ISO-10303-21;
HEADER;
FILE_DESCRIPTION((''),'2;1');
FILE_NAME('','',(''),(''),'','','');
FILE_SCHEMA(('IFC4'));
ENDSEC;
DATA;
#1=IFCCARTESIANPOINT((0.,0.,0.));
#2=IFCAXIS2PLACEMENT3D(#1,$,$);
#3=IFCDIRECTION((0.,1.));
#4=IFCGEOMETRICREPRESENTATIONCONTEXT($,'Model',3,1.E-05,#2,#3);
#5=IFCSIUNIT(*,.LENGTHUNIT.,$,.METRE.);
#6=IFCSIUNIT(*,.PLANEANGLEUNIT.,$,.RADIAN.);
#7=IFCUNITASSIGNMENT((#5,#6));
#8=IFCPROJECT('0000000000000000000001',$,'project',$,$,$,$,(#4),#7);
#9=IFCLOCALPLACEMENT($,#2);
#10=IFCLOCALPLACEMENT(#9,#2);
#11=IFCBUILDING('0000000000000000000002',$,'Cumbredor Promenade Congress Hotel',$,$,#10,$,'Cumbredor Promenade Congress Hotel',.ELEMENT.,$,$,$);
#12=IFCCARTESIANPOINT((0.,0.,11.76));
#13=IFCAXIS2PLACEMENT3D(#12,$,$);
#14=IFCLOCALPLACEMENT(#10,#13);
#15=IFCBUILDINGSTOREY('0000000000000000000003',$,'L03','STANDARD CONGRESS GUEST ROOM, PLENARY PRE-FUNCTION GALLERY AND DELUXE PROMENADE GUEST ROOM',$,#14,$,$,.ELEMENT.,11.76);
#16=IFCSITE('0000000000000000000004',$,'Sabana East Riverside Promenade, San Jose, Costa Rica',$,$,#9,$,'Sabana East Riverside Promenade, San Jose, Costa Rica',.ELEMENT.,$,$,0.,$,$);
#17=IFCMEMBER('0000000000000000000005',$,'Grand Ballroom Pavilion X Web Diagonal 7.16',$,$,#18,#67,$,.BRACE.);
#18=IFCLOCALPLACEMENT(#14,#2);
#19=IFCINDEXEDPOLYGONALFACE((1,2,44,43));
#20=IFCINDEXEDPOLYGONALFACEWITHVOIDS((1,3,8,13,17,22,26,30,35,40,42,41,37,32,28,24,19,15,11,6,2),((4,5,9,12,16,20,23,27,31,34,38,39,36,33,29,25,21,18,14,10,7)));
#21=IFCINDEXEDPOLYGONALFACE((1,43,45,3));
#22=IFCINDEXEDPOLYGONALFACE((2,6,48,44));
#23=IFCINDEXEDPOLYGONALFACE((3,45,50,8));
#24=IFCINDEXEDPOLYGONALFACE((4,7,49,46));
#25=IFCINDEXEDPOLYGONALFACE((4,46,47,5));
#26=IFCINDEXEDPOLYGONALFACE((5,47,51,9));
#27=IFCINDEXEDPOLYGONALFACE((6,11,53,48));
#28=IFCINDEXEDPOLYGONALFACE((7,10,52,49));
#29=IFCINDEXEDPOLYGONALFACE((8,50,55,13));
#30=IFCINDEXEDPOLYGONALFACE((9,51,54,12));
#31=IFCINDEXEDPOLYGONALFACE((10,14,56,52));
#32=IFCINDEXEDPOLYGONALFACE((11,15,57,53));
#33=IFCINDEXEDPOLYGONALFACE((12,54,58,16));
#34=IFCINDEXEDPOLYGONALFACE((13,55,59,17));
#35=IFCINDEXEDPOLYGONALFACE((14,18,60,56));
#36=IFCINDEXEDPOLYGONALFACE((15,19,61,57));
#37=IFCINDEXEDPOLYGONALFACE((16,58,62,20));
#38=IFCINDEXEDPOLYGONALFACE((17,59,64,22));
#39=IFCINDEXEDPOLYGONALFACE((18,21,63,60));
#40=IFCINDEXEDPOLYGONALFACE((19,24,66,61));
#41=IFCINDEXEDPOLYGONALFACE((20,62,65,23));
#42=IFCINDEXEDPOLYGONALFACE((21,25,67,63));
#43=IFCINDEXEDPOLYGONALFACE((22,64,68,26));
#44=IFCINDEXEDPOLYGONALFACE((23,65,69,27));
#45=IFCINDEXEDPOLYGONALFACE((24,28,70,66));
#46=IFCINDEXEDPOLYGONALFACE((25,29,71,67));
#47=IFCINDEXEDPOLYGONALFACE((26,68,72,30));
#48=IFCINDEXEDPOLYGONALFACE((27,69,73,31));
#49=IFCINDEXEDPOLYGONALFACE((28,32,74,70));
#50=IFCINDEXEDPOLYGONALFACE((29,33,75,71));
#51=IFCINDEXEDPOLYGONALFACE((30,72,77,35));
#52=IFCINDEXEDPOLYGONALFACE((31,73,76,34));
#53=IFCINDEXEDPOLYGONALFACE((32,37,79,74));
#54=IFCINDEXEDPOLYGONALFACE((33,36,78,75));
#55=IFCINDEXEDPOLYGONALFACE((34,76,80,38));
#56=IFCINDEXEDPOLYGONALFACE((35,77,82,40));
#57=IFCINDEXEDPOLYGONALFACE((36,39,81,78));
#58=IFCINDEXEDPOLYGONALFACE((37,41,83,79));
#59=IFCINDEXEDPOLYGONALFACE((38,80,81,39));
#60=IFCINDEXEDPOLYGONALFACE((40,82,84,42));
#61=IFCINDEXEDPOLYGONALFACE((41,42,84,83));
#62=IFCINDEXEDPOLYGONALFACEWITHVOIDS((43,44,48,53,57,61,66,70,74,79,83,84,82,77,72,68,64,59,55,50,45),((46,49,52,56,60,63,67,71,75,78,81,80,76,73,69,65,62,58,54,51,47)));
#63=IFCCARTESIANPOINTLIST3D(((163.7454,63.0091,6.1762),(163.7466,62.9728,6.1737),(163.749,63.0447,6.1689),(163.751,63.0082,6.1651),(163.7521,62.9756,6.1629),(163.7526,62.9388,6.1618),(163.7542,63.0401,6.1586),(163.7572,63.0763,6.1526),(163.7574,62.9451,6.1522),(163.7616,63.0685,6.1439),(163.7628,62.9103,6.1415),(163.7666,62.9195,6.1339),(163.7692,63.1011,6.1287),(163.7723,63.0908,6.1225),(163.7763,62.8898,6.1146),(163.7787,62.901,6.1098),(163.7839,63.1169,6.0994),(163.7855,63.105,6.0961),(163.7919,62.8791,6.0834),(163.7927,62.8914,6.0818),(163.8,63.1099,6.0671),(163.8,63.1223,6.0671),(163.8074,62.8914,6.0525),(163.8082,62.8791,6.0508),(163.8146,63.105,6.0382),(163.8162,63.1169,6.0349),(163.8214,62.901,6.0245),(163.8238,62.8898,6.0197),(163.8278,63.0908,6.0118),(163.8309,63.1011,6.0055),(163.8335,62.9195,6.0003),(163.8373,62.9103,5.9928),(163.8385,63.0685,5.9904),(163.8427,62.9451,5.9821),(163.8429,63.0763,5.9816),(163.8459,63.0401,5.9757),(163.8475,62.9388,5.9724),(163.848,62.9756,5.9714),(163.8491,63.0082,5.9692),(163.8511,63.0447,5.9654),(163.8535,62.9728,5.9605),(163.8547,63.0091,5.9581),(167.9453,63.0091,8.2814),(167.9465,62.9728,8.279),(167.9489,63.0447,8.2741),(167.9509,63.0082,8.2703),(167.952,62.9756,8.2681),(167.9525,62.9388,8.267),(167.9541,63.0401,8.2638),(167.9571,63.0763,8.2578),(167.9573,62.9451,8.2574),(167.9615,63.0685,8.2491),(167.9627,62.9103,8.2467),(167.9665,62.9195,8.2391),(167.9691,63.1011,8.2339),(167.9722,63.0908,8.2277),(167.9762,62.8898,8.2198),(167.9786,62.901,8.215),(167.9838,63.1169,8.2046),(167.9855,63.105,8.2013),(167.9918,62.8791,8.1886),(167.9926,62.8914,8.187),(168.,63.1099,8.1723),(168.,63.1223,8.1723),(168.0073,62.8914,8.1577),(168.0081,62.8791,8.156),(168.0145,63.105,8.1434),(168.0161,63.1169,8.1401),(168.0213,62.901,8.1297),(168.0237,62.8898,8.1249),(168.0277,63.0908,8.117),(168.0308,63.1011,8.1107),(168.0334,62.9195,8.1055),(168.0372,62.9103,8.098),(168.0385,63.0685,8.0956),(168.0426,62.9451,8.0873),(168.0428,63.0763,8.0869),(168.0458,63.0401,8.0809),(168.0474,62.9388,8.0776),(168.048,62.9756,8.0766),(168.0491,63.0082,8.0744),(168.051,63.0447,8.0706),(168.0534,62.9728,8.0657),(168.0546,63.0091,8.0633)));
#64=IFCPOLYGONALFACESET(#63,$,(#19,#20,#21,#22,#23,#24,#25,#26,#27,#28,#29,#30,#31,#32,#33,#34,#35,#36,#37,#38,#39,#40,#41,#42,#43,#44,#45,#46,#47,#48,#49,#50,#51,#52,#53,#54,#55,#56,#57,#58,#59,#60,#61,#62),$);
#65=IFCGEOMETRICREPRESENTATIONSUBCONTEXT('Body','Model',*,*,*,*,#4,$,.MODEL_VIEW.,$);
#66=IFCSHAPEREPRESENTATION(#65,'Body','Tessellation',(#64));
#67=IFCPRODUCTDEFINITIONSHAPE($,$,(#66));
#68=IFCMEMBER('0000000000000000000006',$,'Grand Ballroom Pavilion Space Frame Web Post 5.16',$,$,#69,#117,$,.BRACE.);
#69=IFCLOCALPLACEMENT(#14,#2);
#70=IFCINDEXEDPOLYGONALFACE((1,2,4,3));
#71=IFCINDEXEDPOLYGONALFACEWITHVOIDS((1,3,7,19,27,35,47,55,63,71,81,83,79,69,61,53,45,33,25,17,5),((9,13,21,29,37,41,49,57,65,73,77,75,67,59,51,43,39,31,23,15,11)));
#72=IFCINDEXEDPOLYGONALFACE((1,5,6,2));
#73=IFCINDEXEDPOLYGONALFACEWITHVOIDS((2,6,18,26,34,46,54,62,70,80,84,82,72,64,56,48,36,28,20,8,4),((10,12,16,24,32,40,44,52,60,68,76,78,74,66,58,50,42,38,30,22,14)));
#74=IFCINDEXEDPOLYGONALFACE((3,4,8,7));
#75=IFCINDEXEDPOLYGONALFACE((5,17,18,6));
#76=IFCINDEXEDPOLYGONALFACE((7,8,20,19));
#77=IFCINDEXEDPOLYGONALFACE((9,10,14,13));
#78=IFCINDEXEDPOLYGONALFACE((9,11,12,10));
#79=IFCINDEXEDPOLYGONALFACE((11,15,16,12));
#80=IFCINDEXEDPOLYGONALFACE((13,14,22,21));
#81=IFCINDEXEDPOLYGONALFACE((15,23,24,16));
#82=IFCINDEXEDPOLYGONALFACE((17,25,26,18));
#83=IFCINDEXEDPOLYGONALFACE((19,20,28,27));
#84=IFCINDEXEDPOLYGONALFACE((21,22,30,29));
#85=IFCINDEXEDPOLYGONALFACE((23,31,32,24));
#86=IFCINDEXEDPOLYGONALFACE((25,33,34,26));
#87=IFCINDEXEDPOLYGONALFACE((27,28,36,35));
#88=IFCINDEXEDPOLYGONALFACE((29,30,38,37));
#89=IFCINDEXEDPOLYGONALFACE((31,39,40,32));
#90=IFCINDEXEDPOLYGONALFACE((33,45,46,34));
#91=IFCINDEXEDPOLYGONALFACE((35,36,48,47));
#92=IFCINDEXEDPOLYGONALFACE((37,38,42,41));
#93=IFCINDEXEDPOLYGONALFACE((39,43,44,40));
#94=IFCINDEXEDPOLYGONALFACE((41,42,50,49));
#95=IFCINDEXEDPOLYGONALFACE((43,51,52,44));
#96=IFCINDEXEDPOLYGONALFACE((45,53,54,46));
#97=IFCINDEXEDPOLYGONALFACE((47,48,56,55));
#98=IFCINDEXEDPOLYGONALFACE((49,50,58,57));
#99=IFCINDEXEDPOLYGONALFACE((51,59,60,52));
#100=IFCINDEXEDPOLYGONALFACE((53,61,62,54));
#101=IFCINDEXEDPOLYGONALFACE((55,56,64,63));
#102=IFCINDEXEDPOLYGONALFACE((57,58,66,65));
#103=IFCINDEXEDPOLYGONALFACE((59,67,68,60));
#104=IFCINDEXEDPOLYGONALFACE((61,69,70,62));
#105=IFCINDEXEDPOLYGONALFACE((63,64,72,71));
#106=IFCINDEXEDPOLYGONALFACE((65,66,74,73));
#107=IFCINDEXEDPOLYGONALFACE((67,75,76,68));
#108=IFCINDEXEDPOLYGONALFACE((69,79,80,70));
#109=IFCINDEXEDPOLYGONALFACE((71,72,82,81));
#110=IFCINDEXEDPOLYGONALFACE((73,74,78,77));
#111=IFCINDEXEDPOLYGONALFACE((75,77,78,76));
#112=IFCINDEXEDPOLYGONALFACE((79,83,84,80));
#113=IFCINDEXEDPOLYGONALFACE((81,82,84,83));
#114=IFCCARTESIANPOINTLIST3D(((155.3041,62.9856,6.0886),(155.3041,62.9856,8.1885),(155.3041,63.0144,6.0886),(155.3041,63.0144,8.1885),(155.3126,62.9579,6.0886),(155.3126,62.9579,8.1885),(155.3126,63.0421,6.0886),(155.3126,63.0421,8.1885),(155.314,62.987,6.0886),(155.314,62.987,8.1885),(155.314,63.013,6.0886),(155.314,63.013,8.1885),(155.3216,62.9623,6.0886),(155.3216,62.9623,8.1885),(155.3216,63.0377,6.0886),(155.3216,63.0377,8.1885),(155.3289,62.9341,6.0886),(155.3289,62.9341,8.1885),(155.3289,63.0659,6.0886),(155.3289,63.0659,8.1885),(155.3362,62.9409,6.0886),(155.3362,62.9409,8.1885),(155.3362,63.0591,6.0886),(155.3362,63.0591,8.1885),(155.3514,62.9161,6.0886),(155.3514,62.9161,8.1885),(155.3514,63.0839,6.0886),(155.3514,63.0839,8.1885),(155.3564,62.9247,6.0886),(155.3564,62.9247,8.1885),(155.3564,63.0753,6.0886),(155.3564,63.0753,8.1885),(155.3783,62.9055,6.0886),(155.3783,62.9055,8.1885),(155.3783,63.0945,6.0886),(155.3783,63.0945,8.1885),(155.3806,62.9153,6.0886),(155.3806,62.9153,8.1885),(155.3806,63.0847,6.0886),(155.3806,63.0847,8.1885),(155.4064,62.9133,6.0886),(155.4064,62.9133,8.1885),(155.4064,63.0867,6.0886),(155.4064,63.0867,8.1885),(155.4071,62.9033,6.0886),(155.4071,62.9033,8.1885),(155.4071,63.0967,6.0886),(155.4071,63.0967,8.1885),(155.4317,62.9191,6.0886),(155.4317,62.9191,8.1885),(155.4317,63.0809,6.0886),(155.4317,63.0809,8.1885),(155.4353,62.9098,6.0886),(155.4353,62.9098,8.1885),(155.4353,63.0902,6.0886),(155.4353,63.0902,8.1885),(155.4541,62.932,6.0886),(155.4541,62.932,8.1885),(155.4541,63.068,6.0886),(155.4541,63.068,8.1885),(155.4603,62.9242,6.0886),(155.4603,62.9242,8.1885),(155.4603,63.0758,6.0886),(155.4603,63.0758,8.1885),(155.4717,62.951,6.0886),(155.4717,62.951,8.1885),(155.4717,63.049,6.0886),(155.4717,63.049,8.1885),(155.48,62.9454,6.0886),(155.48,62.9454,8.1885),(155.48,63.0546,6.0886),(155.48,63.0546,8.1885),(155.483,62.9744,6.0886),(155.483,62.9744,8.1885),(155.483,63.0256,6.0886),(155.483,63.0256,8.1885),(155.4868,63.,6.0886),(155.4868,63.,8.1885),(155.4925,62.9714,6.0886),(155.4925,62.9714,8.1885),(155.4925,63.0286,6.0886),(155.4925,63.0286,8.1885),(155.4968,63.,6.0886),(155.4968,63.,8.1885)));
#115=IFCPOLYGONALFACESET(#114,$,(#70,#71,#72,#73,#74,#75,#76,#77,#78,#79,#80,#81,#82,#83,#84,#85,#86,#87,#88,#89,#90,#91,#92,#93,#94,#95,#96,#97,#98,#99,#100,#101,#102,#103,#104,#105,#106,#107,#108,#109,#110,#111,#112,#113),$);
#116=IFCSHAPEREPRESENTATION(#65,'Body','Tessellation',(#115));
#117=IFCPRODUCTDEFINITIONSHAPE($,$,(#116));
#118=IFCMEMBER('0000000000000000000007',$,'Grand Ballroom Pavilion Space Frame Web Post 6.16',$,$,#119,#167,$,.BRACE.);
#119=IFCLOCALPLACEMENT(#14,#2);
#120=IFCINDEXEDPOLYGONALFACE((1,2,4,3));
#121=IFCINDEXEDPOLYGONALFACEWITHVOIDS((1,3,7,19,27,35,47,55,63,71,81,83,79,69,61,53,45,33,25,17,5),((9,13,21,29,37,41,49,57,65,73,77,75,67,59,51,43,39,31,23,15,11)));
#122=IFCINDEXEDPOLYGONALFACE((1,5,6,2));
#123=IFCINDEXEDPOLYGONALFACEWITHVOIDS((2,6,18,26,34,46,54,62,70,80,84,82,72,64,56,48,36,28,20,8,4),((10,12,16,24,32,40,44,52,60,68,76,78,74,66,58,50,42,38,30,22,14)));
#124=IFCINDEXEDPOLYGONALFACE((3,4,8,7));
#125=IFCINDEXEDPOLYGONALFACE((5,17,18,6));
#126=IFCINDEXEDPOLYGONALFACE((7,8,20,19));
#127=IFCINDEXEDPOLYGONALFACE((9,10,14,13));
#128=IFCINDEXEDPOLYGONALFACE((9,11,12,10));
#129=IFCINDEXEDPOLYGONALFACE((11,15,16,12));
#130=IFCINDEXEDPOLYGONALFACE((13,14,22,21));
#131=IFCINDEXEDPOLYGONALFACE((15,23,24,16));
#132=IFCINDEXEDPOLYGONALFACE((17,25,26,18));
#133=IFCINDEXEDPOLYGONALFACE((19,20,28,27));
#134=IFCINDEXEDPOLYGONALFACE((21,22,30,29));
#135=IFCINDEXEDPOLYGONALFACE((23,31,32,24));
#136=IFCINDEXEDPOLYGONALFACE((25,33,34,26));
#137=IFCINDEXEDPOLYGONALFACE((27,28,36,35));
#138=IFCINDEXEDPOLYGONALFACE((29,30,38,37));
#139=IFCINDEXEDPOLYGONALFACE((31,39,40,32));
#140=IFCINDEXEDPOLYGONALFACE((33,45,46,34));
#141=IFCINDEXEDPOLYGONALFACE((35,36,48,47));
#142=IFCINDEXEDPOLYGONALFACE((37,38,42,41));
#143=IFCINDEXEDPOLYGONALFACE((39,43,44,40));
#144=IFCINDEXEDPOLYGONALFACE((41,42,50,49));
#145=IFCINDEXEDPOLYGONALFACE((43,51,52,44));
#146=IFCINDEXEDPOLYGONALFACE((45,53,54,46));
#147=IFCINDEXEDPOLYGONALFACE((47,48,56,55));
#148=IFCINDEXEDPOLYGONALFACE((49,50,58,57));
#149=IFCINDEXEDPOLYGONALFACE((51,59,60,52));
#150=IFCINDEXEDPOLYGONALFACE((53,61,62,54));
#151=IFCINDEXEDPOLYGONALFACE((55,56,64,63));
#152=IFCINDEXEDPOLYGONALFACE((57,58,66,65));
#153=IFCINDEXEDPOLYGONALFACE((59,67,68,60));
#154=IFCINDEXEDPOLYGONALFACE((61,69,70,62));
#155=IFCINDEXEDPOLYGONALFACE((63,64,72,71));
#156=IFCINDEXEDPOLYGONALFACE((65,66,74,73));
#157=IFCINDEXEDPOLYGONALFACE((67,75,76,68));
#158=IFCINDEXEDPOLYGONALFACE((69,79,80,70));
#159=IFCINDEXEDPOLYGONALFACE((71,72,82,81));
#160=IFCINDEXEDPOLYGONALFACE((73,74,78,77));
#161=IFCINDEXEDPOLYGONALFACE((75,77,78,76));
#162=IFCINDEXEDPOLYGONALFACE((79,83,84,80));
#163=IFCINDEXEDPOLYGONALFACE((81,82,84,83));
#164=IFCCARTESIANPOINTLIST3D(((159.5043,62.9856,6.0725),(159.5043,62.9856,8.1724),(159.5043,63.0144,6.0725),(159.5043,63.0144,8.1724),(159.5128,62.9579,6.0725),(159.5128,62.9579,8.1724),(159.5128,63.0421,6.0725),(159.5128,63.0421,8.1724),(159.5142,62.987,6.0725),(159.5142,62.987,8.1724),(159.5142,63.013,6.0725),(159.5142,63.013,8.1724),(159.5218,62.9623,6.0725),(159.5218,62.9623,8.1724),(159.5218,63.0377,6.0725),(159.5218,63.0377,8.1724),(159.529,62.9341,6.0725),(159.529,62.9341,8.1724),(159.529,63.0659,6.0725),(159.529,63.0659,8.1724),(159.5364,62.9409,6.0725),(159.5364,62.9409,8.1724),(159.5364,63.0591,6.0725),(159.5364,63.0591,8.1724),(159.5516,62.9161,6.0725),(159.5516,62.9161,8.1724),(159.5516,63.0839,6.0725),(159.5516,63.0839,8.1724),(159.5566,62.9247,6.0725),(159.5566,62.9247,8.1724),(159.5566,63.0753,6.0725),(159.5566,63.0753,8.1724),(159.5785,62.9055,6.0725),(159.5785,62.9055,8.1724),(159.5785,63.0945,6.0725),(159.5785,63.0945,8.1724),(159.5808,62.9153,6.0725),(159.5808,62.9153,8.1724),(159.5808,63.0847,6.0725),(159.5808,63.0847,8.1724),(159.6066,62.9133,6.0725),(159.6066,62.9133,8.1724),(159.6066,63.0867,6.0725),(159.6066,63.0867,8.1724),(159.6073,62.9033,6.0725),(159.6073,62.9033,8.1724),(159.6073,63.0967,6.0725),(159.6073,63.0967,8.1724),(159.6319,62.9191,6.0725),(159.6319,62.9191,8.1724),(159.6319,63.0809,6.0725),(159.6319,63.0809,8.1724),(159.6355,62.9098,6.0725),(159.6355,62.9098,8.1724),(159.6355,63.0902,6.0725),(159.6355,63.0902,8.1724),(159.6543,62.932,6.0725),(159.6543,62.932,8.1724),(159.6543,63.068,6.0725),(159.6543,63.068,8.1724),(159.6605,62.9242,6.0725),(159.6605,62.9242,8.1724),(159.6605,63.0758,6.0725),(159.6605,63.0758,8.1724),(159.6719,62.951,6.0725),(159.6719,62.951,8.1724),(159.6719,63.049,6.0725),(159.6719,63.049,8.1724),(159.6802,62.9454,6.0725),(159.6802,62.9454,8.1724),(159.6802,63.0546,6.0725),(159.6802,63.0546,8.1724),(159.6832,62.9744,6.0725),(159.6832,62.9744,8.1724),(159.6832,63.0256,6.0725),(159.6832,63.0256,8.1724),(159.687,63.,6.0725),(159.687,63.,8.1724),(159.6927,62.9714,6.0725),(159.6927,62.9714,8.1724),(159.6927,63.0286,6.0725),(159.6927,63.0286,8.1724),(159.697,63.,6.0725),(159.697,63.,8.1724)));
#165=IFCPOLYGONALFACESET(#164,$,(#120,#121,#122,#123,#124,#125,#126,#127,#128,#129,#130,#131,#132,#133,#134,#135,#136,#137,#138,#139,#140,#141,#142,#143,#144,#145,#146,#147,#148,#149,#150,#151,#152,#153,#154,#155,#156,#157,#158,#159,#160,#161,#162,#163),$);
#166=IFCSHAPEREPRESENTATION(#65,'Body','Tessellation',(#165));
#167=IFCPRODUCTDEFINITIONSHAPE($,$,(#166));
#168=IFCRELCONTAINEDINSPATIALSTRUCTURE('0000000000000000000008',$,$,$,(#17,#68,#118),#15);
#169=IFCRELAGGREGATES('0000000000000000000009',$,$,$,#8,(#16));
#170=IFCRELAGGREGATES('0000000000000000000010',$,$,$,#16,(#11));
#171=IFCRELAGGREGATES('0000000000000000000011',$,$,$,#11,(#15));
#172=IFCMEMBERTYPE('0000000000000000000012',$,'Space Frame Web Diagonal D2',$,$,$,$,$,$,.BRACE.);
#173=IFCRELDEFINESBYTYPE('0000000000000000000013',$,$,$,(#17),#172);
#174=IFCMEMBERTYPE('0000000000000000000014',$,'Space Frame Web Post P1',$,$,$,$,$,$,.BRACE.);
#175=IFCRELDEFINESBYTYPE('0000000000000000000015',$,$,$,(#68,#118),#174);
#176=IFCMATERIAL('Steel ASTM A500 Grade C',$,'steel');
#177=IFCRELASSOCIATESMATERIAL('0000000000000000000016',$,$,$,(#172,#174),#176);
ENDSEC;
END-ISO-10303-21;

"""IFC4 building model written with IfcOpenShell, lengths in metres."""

from ifc_helpers import new_model, si_unit, direction, frame, origin, origin_2d, place, context, subcontext, project, spatial, hollow_circle, extrude, material, material_profile, profile_set, type_object, element, save


model = new_model("IFC4")

# Units and contexts
model_context = context("Model", 3, precision=1e-05, world=origin(), true_north=direction((0.0, 1.0)))
body_context = subcontext(model_context, "Body", "Model", "MODEL_VIEW")
ifc_project = project(units=[si_unit("LENGTHUNIT", "METRE"), si_unit("PLANEANGLEUNIT", "RADIAN")], contexts=[model_context])

# Site, building, storey
site_placement = place(None, origin())
site = spatial("IfcSite", under=ifc_project, at=site_placement, Name="Sabana East Riverside Promenade, San Jose, Costa Rica", LongName="Sabana East Riverside Promenade, San Jose, Costa Rica", CompositionType="ELEMENT", RefElevation=0.0)
building_placement = place(site_placement, origin())
building = spatial("IfcBuilding", under=site, at=building_placement, Name="Cumbredor Promenade Congress Hotel", LongName="Cumbredor Promenade Congress Hotel", CompositionType="ELEMENT")
storey_placement = place(building_placement, frame((0.0, 0.0, 11.76)))
storey = spatial("IfcBuildingStorey", under=building, at=storey_placement, Name="L03", Description="STANDARD CONGRESS GUEST ROOM, PLENARY PRE-FUNCTION GALLERY AND DELUXE PROMENADE GUEST ROOM", CompositionType="ELEMENT", Elevation=11.76)

# Shared definitions
ifc_material_1 = material(Name="Steel ASTM A500 Grade C", Category="steel")

# Members
ifc_material_profile_1 = material_profile(ifc_material_1, hollow_circle(Radius=0.1223, WallThickness=0.0125, at=origin_2d()), Name="CHS 244.5x12.5")
ifc_profile_set_1 = profile_set([ifc_material_profile_1], Name="Steel ASTM A500 Grade C")
member_type_1 = type_object("IfcMemberType", Name="Space Frame Web Diagonal D2", PredefinedType="BRACE", material=ifc_profile_set_1)
member_1_placement = place(storey_placement, frame((163.8, 63.0, 6.0671), z_axis=(0.89398, 0.0, 0.448107), x_axis=(0.0, 1.0, 0.0)))
element("IfcMember", 1, at=member_1_placement, inside=storey, type_object=member_type_1, Name="Grand Ballroom Pavilion X Web Diagonal 7.16", PredefinedType="BRACE", context=body_context, shape_type="SweptSolid", body=[
    extrude(hollow_circle(Radius=0.1223, WallThickness=0.0125, at=origin_2d()), origin(), (0.0, 0.0, 1.0), 4.698),
])
ifc_material_profile_2 = material_profile(ifc_material_1, hollow_circle(Radius=0.0969, WallThickness=0.01, at=origin_2d()), Name="CHS 193.7x10")
ifc_profile_set_2 = profile_set([ifc_material_profile_2], Name="Steel ASTM A500 Grade C")
member_type_2 = type_object("IfcMemberType", Name="Space Frame Web Post P1", PredefinedType="BRACE", material=ifc_profile_set_2)
for number, where, z_axis, x_axis, name in (
    (2, (155.3999, 63.0, 6.0886), (0.0, 0.0, 1.0), (1.0, 0.0, 0.0), "Grand Ballroom Pavilion Space Frame Web Post 5.16"),
    (3, (159.6001, 63.0, 6.0725), (0.0, 0.0, 1.0), (1.0, 0.0, 0.0), "Grand Ballroom Pavilion Space Frame Web Post 6.16"),
):
    element("IfcMember", number, at=place(storey_placement, frame(where, z_axis=z_axis, x_axis=x_axis)), inside=storey, type_object=member_type_2, Name=name, PredefinedType="BRACE", context=body_context, shape_type="SweptSolid", body=[
        extrude(hollow_circle(Radius=0.0969, WallThickness=0.01, at=origin_2d()), origin(), (0.0, 0.0, 1.0), 2.0999),
    ])

save(model, "model.ifc")
